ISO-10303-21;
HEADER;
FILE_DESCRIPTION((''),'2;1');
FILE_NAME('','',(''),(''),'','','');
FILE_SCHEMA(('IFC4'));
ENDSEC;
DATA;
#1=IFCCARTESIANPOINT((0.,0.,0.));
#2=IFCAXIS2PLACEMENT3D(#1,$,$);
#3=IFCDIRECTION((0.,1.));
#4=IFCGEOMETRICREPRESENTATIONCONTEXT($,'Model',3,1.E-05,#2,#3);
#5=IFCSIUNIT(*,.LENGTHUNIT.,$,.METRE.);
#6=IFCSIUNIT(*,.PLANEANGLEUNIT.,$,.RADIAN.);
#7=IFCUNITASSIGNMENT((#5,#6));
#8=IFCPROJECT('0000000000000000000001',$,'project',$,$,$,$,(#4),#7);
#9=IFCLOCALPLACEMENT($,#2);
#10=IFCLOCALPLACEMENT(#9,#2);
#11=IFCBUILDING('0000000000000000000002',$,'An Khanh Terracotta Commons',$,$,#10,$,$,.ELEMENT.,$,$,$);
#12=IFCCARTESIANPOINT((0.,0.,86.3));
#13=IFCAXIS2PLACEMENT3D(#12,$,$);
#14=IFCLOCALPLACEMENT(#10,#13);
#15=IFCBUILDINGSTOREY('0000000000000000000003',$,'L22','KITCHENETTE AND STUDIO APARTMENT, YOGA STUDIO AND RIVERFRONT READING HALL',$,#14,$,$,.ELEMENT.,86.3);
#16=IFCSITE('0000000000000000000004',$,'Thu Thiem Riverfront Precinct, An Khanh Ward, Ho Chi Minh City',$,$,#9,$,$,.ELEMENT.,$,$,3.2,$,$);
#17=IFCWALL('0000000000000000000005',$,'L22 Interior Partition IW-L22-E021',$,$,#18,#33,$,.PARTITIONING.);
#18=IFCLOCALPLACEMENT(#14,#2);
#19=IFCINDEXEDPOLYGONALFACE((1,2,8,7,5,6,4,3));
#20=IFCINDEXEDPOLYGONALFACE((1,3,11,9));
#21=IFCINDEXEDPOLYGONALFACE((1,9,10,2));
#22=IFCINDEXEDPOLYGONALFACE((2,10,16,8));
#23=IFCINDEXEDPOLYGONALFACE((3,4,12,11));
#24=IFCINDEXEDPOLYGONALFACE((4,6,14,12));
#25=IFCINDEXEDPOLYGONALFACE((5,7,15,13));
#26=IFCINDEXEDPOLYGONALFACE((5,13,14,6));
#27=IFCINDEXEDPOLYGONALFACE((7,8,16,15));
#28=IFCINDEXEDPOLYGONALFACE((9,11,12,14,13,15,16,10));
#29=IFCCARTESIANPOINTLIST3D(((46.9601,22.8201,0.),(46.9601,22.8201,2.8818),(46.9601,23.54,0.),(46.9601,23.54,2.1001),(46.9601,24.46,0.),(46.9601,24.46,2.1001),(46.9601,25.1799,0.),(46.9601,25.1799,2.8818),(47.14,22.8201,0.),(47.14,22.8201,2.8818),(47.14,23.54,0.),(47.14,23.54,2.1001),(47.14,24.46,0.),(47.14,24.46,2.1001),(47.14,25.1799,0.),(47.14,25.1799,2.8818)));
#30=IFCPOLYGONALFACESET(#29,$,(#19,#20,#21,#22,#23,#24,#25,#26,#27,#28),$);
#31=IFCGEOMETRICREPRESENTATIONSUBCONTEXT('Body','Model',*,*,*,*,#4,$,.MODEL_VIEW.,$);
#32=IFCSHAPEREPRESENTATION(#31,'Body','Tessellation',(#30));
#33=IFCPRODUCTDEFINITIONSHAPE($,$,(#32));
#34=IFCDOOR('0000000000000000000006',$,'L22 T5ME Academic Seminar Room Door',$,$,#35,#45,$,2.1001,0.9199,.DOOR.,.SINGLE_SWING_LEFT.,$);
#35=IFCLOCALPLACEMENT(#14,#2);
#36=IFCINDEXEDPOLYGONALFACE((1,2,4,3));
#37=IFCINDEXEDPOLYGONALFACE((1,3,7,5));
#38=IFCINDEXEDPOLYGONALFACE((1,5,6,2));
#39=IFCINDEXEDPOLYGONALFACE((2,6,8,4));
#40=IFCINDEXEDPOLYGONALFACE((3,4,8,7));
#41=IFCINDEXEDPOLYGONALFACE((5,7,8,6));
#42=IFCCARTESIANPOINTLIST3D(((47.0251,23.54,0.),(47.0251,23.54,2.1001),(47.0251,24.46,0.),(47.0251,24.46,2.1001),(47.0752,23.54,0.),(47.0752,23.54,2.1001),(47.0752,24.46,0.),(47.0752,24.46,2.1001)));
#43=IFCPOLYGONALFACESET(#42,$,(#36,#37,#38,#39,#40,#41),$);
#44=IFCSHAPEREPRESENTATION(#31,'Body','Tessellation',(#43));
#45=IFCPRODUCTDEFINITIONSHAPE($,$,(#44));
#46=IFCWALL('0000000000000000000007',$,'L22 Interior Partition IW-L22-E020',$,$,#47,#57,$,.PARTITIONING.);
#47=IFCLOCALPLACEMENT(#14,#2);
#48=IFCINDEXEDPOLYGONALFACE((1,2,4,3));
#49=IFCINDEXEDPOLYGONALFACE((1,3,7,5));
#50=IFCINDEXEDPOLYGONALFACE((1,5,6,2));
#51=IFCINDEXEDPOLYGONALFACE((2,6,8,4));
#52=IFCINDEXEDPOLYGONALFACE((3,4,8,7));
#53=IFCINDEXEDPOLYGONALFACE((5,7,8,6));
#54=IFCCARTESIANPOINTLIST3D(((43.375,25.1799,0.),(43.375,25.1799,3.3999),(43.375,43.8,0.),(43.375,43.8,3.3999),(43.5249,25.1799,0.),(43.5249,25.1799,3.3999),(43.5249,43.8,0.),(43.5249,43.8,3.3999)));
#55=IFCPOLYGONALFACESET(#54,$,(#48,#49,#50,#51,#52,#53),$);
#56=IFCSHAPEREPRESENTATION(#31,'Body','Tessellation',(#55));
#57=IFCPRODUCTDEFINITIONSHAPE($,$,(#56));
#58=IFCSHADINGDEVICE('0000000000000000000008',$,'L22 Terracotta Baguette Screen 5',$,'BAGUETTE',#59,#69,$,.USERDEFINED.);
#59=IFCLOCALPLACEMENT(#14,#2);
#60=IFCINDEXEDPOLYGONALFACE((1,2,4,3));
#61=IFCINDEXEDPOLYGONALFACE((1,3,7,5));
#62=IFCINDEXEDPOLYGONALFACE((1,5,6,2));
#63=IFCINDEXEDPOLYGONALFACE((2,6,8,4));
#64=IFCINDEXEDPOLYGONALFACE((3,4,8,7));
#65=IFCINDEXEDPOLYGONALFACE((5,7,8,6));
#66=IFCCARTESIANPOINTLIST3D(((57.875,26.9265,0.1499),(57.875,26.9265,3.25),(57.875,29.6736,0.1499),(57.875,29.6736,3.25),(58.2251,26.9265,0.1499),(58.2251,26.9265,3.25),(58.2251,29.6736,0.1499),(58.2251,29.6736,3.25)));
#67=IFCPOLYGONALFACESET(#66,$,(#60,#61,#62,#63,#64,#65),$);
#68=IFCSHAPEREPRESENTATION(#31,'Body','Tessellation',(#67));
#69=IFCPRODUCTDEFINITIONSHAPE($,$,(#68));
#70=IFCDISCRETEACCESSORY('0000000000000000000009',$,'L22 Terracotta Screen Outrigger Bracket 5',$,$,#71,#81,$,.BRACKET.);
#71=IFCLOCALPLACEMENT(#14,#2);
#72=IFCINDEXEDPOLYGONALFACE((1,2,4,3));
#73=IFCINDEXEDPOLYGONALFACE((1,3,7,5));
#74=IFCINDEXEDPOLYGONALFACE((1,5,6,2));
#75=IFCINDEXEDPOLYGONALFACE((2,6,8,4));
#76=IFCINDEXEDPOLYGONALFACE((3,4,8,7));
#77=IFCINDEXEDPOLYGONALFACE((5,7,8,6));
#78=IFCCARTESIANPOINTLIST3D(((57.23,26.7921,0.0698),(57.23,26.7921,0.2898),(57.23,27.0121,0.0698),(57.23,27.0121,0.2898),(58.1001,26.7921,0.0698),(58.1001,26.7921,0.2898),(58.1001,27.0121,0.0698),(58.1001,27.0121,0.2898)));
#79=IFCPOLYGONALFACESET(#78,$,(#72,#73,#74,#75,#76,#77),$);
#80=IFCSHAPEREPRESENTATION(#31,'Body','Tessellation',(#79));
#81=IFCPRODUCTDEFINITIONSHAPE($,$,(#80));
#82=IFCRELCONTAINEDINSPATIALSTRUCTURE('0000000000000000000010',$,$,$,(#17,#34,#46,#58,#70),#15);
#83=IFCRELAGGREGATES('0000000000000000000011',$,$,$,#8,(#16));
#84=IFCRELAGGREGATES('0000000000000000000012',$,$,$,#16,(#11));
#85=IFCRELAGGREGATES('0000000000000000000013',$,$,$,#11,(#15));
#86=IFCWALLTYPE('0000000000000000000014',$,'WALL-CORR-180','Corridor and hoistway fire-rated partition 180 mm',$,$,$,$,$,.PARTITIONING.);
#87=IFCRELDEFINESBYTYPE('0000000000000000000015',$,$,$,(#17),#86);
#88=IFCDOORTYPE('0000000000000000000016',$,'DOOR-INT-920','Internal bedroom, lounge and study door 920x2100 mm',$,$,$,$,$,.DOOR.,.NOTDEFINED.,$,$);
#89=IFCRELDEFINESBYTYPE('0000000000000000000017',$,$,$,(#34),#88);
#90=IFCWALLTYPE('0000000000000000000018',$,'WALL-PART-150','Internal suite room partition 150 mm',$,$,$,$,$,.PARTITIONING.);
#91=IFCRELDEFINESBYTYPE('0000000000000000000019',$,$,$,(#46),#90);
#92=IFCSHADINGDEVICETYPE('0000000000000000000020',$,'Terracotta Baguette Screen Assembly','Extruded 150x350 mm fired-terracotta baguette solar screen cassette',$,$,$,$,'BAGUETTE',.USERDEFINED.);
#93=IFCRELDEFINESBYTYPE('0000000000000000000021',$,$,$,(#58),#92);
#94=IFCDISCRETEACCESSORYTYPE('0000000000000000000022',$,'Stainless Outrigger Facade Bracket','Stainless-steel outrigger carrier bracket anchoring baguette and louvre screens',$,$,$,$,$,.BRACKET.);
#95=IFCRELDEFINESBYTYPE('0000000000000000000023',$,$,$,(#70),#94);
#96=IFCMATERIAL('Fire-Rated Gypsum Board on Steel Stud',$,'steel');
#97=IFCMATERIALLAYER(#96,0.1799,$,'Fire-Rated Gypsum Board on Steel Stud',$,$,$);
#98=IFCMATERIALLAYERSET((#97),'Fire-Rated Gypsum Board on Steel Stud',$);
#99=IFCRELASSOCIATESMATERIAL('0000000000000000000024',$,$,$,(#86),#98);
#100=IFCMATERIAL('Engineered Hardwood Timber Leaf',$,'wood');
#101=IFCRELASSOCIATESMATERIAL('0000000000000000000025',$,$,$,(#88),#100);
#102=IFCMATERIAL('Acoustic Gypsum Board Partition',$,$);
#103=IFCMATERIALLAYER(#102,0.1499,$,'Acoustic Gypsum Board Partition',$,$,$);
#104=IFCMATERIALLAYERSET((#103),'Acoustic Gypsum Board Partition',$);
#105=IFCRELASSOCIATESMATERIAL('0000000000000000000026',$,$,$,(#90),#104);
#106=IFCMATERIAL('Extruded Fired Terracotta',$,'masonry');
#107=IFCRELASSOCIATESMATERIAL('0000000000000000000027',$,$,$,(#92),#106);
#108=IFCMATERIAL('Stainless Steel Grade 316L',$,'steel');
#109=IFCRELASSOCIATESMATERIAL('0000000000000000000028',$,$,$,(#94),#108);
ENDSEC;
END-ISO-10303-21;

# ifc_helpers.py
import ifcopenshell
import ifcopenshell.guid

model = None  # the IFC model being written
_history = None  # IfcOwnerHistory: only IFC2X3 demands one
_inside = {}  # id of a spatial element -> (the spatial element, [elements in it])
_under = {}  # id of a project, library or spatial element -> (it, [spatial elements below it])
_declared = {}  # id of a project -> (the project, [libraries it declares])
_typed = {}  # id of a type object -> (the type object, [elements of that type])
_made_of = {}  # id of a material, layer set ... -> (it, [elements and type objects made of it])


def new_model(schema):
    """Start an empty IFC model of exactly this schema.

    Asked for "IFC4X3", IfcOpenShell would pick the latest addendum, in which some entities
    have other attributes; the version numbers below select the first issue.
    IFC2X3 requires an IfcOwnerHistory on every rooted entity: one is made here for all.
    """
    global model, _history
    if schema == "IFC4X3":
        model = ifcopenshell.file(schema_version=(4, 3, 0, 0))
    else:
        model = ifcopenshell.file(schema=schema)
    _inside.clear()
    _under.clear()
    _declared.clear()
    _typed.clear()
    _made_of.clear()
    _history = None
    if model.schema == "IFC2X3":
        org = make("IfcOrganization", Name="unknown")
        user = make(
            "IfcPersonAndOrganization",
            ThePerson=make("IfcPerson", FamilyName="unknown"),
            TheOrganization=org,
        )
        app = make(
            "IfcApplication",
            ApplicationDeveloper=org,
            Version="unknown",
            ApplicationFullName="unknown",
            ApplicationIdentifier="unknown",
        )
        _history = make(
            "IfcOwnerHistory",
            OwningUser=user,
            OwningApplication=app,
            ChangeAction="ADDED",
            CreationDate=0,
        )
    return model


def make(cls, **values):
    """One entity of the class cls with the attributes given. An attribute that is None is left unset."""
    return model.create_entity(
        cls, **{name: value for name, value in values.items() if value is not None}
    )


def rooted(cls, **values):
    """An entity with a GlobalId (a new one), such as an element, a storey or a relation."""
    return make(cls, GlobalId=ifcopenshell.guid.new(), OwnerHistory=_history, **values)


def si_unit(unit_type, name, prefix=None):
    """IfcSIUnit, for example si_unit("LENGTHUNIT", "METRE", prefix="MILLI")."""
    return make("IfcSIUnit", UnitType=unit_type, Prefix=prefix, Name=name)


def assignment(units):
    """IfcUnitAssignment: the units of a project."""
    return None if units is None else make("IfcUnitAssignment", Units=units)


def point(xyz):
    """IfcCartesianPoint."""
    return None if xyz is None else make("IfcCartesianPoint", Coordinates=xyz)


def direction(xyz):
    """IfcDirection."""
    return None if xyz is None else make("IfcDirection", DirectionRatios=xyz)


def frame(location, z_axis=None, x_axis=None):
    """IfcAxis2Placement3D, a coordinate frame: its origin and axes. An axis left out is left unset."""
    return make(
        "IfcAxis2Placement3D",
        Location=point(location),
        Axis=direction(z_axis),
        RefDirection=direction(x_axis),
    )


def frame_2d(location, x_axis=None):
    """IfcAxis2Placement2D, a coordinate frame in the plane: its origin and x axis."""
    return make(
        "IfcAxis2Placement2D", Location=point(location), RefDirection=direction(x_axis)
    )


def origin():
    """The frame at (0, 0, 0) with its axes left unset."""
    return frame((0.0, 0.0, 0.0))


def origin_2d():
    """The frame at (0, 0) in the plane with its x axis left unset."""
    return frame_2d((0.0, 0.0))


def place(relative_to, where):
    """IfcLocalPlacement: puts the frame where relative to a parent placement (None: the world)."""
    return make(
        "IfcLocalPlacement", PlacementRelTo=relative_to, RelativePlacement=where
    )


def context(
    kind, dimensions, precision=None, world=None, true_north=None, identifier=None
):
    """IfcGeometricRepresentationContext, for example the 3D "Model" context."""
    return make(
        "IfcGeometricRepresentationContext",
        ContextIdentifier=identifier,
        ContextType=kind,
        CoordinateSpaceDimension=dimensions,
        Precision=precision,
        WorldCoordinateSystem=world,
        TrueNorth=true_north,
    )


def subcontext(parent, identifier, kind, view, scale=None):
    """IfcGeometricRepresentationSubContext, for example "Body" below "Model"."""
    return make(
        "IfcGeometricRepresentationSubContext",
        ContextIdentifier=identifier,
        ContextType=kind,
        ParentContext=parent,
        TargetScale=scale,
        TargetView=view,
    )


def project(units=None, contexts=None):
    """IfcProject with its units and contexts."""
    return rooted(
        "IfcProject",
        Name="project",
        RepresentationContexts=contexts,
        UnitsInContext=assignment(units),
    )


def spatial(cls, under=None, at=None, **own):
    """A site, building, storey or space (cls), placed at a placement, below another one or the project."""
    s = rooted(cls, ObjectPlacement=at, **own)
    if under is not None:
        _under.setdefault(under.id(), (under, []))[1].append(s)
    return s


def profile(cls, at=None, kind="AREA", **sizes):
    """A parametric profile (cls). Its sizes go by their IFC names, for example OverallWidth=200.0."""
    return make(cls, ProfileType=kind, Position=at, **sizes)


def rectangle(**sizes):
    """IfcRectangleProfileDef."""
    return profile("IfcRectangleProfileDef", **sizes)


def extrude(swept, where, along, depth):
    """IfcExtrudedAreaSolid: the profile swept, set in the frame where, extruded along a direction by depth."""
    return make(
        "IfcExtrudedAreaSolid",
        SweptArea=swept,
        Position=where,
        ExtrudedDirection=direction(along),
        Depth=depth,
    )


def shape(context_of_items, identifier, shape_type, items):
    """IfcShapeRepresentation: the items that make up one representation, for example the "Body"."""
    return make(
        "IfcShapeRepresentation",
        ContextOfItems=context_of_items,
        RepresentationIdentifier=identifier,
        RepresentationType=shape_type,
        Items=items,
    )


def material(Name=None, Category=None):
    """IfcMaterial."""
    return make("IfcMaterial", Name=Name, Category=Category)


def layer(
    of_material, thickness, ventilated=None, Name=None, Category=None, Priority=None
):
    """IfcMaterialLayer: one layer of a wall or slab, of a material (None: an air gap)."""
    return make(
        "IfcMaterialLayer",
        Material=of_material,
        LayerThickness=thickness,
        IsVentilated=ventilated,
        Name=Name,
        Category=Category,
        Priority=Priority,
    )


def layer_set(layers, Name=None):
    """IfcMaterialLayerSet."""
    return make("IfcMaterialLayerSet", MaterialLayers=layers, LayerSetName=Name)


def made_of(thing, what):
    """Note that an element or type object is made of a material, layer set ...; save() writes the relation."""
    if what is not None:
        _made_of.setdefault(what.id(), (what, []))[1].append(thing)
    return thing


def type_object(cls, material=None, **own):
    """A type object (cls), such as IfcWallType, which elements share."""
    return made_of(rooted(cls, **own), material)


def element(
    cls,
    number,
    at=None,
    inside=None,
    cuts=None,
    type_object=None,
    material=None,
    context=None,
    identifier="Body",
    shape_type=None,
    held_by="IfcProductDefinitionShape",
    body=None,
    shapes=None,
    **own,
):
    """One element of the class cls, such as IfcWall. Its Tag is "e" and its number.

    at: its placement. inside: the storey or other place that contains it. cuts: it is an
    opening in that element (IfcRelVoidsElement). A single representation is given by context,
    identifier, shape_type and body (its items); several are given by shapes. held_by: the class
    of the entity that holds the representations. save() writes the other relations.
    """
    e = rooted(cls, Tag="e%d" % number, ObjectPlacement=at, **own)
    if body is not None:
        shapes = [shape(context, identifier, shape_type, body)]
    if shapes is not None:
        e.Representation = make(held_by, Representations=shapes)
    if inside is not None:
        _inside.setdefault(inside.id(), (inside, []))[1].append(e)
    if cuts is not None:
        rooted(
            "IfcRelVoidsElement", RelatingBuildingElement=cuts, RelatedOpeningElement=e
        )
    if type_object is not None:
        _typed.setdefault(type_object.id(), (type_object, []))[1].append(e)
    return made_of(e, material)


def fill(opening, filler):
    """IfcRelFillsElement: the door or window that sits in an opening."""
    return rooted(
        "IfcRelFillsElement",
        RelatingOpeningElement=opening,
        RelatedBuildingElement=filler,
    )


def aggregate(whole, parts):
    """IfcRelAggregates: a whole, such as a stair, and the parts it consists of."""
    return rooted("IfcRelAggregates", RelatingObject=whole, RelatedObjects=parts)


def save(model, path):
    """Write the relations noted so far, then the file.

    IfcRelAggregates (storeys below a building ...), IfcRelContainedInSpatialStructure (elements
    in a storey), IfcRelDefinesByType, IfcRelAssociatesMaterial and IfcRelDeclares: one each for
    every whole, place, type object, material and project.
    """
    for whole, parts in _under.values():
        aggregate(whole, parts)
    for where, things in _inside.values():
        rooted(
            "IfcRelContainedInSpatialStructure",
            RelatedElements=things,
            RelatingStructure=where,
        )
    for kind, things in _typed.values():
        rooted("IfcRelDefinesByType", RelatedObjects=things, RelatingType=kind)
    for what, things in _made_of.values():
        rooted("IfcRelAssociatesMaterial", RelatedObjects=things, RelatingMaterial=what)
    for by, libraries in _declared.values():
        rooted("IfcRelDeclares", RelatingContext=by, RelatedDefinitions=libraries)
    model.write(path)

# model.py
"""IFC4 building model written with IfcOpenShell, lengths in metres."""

from ifc_helpers import new_model, si_unit, direction, frame, frame_2d, origin, origin_2d, place, context, subcontext, project, spatial, rectangle, extrude, material, layer, layer_set, type_object, element, fill, save


model = new_model("IFC4")

# Units and contexts
model_context = context("Model", 3, precision=1e-05, world=origin(), true_north=direction((0.0, 1.0)))
body_context = subcontext(model_context, "Body", "Model", "MODEL_VIEW")
ifc_project = project(units=[si_unit("LENGTHUNIT", "METRE"), si_unit("PLANEANGLEUNIT", "RADIAN")], contexts=[model_context])

# Site, building, storey
site_placement = place(None, origin())
site = spatial("IfcSite", under=ifc_project, at=site_placement, Name="Thu Thiem Riverfront Precinct, An Khanh Ward, Ho Chi Minh City", CompositionType="ELEMENT", RefElevation=3.2)
building_placement = place(site_placement, origin())
building = spatial("IfcBuilding", under=site, at=building_placement, Name="An Khanh Terracotta Commons", CompositionType="ELEMENT")
storey_placement = place(building_placement, frame((0.0, 0.0, 86.3)))
storey = spatial("IfcBuildingStorey", under=building, at=storey_placement, Name="L22", Description="KITCHENETTE AND STUDIO APARTMENT, YOGA STUDIO AND RIVERFRONT READING HALL", CompositionType="ELEMENT", Elevation=86.3)

# Wall, opening, door
ifc_material_1 = material(Name="Fire-Rated Gypsum Board on Steel Stud", Category="steel")
ifc_layer_1 = layer(ifc_material_1, 0.1799, Name="Fire-Rated Gypsum Board on Steel Stud")
ifc_layer_set_1 = layer_set([ifc_layer_1], Name="Fire-Rated Gypsum Board on Steel Stud")
wall_type_1 = type_object("IfcWallType", Name="WALL-CORR-180", Description="Corridor and hoistway fire-rated partition 180 mm", PredefinedType="PARTITIONING", material=ifc_layer_set_1)
ifc_material_2 = material(Name="Engineered Hardwood Timber Leaf", Category="wood")
door_type_1 = type_object("IfcDoorType", Name="DOOR-INT-920", Description="Internal bedroom, lounge and study door 920x2100 mm", OperationType="NOTDEFINED", PredefinedType="DOOR", material=ifc_material_2)
wall_1_placement = place(storey_placement, frame((47.05, 22.8201, 0.0), z_axis=(0.0, 0.0, 1.0), x_axis=(0.0, 1.0, 0.0)))
wall_1 = element("IfcWall", 1, at=wall_1_placement, inside=storey, type_object=wall_type_1, Name="L22 Interior Partition IW-L22-E021", PredefinedType="PARTITIONING", context=body_context, shape_type="SweptSolid", body=[
    extrude(rectangle(XDim=2.3599, YDim=0.1799, at=frame_2d((1.1799, 0.0))), origin(), (0.0, 0.0, 1.0), 2.8818),
])
opening_1_placement = place(wall_1_placement, frame((0.72, 0.0, 0.0)))
opening_1 = element("IfcOpeningElement", 2, at=opening_1_placement, cuts=wall_1, PredefinedType="OPENING", context=body_context, shape_type="SweptSolid", body=[
    extrude(rectangle(XDim=0.9199, YDim=2.1001, at=frame_2d((0.46, 1.05))), frame((0.0, 0.0999, 0.0), z_axis=(0.0, -1.0, 0.0), x_axis=(1.0, 0.0, 0.0)), (0.0, 0.0, 1.0), 0.2),
])
door_1_placement = place(opening_1_placement, origin())
door_1 = element("IfcDoor", 3, at=door_1_placement, inside=storey, type_object=door_type_1, Name="L22 T5ME Academic Seminar Room Door", OperationType="SINGLE_SWING_LEFT", OverallHeight=2.1001, OverallWidth=0.9199, PredefinedType="DOOR", context=body_context, shape_type="SweptSolid", body=[
    extrude(rectangle(XDim=0.9199, YDim=2.1001, at=frame_2d((0.46, 1.05))), frame((0.0, 0.0249, 0.0), z_axis=(0.0, -1.0, 0.0), x_axis=(1.0, 0.0, 0.0)), (0.0, 0.0, 1.0), 0.05),
])
fill(opening_1, door_1)

# Wall
ifc_material_3 = material(Name="Acoustic Gypsum Board Partition")
ifc_layer_2 = layer(ifc_material_3, 0.1499, Name="Acoustic Gypsum Board Partition")
ifc_layer_set_2 = layer_set([ifc_layer_2], Name="Acoustic Gypsum Board Partition")
wall_type_2 = type_object("IfcWallType", Name="WALL-PART-150", Description="Internal suite room partition 150 mm", PredefinedType="PARTITIONING", material=ifc_layer_set_2)
wall_2_placement = place(storey_placement, frame((43.45, 25.1799, 0.0), z_axis=(0.0, 0.0, 1.0), x_axis=(0.0, 1.0, 0.0)))
element("IfcWall", 4, at=wall_2_placement, inside=storey, type_object=wall_type_2, Name="L22 Interior Partition IW-L22-E020", PredefinedType="PARTITIONING", context=body_context, shape_type="SweptSolid", body=[
    extrude(rectangle(XDim=18.6201, YDim=0.1499, at=frame_2d((9.3101, 0.0))), origin(), (0.0, 0.0, 1.0), 3.3999),
])

# Shading device
ifc_material_4 = material(Name="Extruded Fired Terracotta", Category="masonry")
shading_device_type = type_object("IfcShadingDeviceType", Name="Terracotta Baguette Screen Assembly", Description="Extruded 150x350 mm fired-terracotta baguette solar screen cassette", ElementType="BAGUETTE", PredefinedType="USERDEFINED", material=ifc_material_4)
shading_device_placement = place(storey_placement, frame((58.05, 28.3, 0.1499), z_axis=(0.0, 0.0, 1.0), x_axis=(0.0, 1.0, 0.0)))
element("IfcShadingDevice", 5, at=shading_device_placement, inside=storey, type_object=shading_device_type, Name="L22 Terracotta Baguette Screen 5", ObjectType="BAGUETTE", PredefinedType="USERDEFINED", context=body_context, shape_type="SweptSolid", body=[
    extrude(rectangle(XDim=2.7471, YDim=0.3501, at=origin_2d()), origin(), (0.0, 0.0, 1.0), 3.1001),
])

# Discrete accessory
ifc_material_5 = material(Name="Stainless Steel Grade 316L", Category="steel")
discrete_accessory_type = type_object("IfcDiscreteAccessoryType", Name="Stainless Outrigger Facade Bracket", Description="Stainless-steel outrigger carrier bracket anchoring baguette and louvre screens", PredefinedType="BRACKET", material=ifc_material_5)
discrete_accessory_placement = place(storey_placement, frame((57.665, 26.9021, 0.0698), z_axis=(0.0, 0.0, 1.0), x_axis=(0.0, 1.0, 0.0)))
element("IfcDiscreteAccessory", 6, at=discrete_accessory_placement, inside=storey, type_object=discrete_accessory_type, Name="L22 Terracotta Screen Outrigger Bracket 5", PredefinedType="BRACKET", context=body_context, shape_type="SweptSolid", body=[
    extrude(rectangle(XDim=0.22, YDim=0.8701, at=origin_2d()), origin(), (0.0, 0.0, 1.0), 0.22),
])

save(model, "model.ifc")
